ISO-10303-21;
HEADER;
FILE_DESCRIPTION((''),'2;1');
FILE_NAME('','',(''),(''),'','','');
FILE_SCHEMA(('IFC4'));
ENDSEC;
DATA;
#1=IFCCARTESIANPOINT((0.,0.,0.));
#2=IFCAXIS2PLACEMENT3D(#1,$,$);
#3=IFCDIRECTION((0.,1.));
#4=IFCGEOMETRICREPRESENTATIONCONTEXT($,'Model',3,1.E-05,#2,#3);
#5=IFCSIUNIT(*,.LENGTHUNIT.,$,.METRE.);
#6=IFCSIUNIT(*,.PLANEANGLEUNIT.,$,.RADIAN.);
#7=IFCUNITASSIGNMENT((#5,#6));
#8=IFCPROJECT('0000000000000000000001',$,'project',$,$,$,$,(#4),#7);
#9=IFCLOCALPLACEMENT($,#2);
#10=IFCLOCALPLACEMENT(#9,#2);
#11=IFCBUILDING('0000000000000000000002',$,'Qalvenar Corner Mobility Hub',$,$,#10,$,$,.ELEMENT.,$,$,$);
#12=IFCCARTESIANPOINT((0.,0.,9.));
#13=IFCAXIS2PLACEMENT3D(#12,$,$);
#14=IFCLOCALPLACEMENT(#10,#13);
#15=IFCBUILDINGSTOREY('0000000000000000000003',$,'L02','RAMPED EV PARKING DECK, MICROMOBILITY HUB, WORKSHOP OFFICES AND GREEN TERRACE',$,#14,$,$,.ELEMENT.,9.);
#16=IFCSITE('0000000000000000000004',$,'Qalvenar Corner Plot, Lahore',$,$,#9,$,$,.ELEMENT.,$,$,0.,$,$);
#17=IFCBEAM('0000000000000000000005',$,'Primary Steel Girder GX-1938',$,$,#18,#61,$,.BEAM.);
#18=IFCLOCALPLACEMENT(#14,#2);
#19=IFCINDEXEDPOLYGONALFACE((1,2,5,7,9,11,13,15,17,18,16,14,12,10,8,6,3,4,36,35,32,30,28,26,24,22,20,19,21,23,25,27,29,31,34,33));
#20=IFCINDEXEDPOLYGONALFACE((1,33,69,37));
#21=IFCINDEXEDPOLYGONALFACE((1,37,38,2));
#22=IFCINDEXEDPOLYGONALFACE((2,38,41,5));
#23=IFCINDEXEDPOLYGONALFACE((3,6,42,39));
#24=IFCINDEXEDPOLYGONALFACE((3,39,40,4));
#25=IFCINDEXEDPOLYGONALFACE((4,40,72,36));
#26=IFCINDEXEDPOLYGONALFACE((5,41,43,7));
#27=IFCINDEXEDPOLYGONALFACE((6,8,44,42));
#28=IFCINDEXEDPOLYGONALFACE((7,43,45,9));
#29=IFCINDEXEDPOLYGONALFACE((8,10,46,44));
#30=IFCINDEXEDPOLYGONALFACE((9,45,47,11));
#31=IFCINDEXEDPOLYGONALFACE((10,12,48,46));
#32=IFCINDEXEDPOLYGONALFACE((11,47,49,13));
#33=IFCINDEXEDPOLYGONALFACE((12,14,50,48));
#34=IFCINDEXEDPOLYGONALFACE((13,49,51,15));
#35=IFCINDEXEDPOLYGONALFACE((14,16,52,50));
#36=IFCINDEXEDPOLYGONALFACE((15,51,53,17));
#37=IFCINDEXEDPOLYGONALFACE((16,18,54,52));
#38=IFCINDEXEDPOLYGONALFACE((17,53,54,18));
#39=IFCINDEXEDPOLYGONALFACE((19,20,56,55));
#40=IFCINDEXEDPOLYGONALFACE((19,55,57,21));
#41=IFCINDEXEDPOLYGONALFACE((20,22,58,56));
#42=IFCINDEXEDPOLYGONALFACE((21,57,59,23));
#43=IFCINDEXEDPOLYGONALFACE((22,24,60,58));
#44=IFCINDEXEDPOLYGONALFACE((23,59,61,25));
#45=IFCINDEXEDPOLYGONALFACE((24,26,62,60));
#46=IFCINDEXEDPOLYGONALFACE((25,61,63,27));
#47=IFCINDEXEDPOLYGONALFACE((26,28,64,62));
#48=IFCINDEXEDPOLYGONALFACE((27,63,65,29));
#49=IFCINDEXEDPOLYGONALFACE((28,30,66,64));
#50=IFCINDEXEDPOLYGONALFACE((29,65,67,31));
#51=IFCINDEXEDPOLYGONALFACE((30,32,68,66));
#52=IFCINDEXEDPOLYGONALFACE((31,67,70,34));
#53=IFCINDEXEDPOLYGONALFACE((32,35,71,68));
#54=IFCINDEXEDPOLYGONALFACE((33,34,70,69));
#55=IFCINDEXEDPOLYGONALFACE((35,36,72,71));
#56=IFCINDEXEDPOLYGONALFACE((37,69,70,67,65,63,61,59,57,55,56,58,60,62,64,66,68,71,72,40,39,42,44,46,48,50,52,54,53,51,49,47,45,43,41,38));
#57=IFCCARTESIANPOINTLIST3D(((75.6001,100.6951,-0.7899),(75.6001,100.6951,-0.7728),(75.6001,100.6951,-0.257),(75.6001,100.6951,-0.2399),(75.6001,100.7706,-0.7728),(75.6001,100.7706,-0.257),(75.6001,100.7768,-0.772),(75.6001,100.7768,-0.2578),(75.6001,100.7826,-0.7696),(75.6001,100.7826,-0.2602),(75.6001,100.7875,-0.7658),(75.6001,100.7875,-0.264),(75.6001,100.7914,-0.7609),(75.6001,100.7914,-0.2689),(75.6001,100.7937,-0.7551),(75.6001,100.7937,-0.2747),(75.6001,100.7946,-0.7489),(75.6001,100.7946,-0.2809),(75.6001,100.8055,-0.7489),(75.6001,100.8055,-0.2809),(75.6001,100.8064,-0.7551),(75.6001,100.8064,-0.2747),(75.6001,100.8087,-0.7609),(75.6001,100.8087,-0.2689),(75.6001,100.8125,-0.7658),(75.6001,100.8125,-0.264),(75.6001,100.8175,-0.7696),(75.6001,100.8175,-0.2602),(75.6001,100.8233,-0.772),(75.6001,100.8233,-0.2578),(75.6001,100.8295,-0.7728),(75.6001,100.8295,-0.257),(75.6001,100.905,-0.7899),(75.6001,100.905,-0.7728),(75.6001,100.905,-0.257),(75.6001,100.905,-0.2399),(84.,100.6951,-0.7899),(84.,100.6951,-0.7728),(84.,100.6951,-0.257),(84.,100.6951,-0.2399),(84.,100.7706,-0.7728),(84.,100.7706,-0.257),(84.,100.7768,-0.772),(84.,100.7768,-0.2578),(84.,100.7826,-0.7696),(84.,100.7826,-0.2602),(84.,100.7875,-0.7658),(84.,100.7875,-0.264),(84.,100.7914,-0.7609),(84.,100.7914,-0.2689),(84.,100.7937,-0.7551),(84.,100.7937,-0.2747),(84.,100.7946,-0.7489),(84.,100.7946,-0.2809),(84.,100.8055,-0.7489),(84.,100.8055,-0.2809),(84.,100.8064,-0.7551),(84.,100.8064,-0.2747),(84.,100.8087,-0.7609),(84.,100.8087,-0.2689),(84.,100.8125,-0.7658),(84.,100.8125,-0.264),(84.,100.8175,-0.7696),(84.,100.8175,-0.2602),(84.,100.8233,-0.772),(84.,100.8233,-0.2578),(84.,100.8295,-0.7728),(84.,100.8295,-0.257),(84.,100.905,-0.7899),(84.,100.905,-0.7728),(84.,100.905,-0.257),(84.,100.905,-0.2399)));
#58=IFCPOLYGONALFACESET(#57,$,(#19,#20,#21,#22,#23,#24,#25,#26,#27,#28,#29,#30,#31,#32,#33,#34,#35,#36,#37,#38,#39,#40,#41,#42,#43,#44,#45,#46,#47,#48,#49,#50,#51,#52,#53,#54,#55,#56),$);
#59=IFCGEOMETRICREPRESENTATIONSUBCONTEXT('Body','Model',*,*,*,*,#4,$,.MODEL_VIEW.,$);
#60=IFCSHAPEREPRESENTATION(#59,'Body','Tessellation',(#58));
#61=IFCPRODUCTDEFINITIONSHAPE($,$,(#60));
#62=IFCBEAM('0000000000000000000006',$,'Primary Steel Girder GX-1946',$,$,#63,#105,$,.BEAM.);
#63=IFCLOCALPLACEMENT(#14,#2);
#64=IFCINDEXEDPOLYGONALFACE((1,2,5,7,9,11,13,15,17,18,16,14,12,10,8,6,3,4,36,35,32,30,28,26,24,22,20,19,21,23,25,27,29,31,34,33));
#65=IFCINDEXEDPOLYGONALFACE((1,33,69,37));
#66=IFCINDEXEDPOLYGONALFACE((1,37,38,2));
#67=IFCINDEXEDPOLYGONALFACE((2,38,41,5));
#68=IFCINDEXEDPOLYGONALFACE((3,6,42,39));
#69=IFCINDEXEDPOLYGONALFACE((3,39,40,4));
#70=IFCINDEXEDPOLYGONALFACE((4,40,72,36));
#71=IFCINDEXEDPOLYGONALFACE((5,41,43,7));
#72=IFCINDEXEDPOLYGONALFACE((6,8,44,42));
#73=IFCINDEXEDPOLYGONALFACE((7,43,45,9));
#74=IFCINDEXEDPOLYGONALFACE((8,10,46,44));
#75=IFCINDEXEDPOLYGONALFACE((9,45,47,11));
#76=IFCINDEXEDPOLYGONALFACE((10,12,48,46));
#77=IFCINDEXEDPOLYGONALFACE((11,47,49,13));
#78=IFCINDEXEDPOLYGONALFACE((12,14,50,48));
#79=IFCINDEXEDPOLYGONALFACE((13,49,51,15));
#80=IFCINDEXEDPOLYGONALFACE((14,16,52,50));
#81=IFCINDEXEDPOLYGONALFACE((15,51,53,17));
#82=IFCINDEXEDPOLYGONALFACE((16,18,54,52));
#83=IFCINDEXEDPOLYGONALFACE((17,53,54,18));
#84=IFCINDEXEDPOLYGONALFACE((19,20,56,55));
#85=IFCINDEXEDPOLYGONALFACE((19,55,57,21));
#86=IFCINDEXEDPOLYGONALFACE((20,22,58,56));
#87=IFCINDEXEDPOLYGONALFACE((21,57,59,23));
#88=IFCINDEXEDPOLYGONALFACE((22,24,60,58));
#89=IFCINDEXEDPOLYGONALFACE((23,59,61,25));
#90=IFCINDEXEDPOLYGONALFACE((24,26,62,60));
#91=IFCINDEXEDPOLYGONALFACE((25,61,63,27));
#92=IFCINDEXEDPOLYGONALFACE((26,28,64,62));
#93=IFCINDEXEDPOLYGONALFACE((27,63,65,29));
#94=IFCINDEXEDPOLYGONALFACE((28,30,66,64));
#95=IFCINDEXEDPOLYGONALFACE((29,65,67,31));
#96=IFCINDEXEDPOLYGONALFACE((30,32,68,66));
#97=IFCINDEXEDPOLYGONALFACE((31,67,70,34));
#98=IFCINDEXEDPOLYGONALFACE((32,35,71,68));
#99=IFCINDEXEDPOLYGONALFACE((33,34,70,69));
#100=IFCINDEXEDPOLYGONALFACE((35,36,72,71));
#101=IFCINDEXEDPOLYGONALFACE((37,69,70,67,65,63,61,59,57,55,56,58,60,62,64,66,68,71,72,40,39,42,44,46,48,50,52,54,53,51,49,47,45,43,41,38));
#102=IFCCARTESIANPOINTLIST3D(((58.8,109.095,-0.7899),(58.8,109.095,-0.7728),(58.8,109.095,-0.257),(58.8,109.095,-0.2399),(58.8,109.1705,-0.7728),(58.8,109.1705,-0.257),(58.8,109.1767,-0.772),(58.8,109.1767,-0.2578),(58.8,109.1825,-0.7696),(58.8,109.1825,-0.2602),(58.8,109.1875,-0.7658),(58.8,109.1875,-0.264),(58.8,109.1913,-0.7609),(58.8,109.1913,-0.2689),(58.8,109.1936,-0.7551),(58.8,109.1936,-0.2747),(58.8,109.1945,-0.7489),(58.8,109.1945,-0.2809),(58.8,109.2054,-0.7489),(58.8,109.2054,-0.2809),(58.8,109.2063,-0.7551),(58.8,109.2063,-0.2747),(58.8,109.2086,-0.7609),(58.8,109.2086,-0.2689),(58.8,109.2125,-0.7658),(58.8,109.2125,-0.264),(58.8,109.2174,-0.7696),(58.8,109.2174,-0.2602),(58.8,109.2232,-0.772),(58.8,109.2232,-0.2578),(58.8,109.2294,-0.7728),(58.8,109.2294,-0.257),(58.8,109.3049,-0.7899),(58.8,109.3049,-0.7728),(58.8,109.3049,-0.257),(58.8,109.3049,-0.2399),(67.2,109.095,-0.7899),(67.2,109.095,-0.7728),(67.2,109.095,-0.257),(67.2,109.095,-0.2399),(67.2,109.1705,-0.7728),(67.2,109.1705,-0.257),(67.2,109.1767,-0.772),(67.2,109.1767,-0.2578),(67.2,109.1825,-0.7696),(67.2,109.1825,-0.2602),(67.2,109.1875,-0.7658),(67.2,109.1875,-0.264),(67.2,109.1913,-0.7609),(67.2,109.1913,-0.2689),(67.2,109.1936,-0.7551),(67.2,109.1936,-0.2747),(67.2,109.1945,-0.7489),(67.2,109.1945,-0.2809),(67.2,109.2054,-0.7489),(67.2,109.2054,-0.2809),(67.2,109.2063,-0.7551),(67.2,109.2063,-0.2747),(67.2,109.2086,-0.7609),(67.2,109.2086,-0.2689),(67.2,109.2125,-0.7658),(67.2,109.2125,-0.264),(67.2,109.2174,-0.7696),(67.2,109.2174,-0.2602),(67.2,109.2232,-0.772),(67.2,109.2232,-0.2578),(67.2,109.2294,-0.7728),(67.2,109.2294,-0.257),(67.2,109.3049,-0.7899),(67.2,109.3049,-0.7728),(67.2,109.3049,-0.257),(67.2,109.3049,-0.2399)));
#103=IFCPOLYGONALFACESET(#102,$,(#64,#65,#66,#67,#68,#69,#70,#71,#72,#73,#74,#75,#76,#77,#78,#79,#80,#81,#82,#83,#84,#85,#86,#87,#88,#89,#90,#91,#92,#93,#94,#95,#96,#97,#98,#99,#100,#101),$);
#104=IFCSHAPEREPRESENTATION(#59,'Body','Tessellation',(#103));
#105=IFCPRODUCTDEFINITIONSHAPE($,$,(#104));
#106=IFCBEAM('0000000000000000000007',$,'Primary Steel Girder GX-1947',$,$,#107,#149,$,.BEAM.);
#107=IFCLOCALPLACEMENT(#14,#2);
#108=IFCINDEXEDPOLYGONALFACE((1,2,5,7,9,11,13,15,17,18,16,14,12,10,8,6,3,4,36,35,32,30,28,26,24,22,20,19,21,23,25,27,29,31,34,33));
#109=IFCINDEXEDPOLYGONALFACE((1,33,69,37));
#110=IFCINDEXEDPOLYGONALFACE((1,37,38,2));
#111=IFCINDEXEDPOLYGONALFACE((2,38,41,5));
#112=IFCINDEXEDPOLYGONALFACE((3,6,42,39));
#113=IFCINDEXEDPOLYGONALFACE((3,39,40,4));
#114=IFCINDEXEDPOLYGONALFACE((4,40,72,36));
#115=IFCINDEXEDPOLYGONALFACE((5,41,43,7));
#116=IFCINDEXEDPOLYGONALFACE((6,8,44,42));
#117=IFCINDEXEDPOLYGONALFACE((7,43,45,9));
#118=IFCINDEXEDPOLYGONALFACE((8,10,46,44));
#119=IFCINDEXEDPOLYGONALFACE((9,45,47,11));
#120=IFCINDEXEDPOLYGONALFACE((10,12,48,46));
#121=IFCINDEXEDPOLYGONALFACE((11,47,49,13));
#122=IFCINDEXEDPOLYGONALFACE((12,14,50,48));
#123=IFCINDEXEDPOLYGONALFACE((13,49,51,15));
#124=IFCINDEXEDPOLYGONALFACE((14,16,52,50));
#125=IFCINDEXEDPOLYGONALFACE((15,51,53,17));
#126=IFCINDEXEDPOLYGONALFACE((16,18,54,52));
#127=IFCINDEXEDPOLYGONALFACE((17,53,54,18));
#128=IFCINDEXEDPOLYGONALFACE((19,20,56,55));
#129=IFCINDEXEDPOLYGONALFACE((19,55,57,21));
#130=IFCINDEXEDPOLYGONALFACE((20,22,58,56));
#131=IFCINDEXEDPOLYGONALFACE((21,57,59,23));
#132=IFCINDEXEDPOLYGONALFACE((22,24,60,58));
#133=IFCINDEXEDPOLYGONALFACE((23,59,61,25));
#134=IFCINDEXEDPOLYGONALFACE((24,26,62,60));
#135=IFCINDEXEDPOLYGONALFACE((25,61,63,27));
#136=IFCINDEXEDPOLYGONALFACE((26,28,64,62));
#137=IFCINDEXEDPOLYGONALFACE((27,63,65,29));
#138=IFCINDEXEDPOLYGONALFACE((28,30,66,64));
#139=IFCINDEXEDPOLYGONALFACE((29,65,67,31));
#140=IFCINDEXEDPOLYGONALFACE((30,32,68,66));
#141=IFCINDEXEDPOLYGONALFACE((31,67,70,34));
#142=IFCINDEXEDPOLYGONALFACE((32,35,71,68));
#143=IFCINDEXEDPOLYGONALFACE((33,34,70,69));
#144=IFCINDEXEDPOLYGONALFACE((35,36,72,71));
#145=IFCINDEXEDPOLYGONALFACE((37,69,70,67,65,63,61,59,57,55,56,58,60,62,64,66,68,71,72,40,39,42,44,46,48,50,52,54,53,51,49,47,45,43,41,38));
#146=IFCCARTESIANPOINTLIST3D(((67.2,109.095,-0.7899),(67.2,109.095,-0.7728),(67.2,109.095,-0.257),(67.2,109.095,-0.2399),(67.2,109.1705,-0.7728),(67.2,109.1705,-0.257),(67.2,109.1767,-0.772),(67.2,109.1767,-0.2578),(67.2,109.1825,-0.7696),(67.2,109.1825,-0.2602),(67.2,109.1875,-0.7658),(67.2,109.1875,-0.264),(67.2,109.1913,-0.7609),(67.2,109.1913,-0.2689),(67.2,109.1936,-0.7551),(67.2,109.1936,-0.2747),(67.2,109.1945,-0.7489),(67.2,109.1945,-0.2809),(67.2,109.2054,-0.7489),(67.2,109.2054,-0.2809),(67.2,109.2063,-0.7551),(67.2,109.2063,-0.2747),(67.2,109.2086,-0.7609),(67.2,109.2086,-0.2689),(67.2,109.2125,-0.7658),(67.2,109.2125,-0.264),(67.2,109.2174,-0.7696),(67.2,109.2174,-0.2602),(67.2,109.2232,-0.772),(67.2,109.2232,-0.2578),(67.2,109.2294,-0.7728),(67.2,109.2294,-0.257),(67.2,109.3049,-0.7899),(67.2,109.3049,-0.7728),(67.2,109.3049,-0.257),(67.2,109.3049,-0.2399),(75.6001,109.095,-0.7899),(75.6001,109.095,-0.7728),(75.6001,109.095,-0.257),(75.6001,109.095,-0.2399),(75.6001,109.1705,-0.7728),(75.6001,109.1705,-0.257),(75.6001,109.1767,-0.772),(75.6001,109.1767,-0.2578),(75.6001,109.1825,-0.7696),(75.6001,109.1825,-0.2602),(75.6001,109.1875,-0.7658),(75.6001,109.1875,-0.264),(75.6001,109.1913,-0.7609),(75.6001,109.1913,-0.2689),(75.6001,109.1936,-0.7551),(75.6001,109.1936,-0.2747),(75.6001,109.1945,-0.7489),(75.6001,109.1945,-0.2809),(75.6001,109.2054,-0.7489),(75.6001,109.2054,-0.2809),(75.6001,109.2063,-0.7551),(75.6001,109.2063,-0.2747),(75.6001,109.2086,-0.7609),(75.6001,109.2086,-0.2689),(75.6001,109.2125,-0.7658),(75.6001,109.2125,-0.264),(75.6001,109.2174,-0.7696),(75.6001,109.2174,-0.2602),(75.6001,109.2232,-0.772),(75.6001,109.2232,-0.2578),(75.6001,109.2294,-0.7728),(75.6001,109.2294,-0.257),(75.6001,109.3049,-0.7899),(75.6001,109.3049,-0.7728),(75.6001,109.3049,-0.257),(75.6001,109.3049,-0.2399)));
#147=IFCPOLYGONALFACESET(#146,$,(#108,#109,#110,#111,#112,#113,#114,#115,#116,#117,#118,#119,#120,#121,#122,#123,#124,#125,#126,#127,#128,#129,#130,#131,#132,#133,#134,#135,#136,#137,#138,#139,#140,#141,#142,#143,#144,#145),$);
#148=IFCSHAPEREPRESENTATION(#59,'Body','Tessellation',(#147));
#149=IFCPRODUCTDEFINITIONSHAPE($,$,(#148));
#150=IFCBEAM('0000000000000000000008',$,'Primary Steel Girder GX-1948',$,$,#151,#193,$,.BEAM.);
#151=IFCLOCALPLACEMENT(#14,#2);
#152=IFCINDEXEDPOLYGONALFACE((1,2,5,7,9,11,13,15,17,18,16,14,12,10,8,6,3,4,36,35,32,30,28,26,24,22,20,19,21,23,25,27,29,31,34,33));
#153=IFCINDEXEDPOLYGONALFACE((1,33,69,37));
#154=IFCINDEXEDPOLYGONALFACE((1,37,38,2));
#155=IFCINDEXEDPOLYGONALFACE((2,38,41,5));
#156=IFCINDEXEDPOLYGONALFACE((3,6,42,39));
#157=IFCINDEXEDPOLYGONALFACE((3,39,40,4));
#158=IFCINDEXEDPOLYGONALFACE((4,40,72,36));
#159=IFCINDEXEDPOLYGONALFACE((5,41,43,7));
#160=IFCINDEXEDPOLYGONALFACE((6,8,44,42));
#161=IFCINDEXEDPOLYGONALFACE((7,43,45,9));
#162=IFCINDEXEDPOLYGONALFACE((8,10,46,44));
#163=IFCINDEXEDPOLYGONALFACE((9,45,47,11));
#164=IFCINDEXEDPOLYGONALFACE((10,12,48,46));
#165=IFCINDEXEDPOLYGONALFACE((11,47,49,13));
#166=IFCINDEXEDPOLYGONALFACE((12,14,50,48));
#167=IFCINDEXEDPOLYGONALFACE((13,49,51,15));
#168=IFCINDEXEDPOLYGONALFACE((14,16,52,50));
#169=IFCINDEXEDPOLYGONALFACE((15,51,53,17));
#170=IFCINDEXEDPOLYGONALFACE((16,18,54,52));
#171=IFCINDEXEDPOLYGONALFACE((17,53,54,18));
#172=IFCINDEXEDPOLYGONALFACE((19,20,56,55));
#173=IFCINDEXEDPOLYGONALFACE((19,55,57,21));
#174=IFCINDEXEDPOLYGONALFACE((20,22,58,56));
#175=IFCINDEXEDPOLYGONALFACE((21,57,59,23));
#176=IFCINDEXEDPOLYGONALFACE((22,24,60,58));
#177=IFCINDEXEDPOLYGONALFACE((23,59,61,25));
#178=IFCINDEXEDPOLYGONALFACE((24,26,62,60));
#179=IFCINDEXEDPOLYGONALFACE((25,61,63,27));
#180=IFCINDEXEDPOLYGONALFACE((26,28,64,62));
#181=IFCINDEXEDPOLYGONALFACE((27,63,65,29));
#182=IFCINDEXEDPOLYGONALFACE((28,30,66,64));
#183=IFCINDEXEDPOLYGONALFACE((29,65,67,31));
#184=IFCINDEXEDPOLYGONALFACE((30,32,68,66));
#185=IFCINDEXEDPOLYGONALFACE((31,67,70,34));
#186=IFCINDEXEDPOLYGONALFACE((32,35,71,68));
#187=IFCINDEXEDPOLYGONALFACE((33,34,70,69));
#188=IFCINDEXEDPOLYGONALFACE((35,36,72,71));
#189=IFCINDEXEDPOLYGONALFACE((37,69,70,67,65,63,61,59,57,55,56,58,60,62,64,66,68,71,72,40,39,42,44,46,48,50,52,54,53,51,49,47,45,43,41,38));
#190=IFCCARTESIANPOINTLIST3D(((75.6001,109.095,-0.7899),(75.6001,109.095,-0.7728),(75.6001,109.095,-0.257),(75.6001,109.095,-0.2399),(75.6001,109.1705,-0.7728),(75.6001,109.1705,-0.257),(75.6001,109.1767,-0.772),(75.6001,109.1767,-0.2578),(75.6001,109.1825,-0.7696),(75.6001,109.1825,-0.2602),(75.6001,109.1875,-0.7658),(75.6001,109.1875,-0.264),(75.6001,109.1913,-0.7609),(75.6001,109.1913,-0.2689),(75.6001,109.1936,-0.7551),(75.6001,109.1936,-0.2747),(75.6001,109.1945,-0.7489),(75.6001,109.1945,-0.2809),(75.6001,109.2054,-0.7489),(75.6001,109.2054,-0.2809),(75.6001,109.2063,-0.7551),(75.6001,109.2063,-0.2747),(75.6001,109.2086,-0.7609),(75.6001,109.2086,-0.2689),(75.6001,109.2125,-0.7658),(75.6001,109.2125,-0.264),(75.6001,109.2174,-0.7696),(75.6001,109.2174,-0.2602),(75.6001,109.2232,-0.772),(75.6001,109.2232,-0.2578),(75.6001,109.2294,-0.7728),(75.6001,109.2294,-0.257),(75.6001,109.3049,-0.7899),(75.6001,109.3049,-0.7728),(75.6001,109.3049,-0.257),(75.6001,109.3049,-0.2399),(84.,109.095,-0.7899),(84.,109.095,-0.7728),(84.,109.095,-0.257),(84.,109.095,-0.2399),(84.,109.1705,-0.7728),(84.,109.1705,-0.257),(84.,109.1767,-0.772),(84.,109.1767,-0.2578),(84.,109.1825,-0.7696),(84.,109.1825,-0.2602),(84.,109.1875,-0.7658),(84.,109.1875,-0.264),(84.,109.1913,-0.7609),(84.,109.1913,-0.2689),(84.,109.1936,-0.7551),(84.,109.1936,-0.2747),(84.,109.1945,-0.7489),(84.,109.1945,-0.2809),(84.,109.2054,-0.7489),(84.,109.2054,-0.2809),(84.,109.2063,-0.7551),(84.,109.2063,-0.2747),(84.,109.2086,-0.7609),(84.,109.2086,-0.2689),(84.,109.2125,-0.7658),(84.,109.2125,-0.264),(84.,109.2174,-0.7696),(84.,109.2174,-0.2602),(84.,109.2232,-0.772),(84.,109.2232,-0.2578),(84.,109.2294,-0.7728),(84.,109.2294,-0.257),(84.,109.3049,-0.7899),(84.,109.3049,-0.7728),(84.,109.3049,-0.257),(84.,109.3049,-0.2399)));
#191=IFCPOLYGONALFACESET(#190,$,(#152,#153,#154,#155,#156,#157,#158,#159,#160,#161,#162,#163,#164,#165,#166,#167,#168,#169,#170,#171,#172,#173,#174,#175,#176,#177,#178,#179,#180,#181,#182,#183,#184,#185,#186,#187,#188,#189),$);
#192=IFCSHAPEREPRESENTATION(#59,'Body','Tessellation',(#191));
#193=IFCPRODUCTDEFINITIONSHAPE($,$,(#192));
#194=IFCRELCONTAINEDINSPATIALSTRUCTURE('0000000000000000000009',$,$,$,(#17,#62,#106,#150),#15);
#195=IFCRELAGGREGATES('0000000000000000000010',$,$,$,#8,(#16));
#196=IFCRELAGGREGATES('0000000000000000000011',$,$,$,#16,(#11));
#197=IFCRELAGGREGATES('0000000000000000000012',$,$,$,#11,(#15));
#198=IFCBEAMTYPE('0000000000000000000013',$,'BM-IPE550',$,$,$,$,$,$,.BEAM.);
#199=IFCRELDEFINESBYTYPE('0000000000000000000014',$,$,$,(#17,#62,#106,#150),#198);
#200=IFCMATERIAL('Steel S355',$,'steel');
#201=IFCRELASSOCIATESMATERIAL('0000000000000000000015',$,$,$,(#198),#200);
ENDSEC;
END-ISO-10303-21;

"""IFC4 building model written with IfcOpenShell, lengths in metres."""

from ifc_helpers import new_model, si_unit, direction, frame, origin, origin_2d, place, context, subcontext, project, spatial, i_section, extrude, material, material_profile, profile_set, type_object, element, save


model = new_model("IFC4")

# Units and contexts
model_context = context("Model", 3, precision=1e-05, world=origin(), true_north=direction((0.0, 1.0)))
body_context = subcontext(model_context, "Body", "Model", "MODEL_VIEW")
ifc_project = project(units=[si_unit("LENGTHUNIT", "METRE"), si_unit("PLANEANGLEUNIT", "RADIAN")], contexts=[model_context])

# Site, building, storey
site_placement = place(None, origin())
site = spatial("IfcSite", under=ifc_project, at=site_placement, Name="Qalvenar Corner Plot, Lahore", CompositionType="ELEMENT", RefElevation=0.0)
building_placement = place(site_placement, origin())
building = spatial("IfcBuilding", under=site, at=building_placement, Name="Qalvenar Corner Mobility Hub", CompositionType="ELEMENT")
storey_placement = place(building_placement, frame((0.0, 0.0, 9.0)))
storey = spatial("IfcBuildingStorey", under=building, at=storey_placement, Name="L02", Description="RAMPED EV PARKING DECK, MICROMOBILITY HUB, WORKSHOP OFFICES AND GREEN TERRACE", CompositionType="ELEMENT", Elevation=9.0)

# Shared definitions
ifc_material = material(Name="Steel S355", Category="steel")

# Beams
ifc_material_profile_1 = material_profile(ifc_material, i_section(OverallWidth=0.21, OverallDepth=0.55, WebThickness=0.011, FlangeThickness=0.0171, FilletRadius=0.0239, at=origin_2d()), Name="IPE550")
ifc_profile_set_1 = profile_set([ifc_material_profile_1], Name="Steel S355")
beam_type_1 = type_object("IfcBeamType", Name="BM-IPE550", PredefinedType="BEAM", material=ifc_profile_set_1)
for number, where, z_axis, x_axis, name in (
    (1, (75.6001, 100.8, -0.5149), (1.0, 0.0, 0.0), (0.0, 1.0, 0.0), "Primary Steel Girder GX-1938"),
    (2, (58.8, 109.2, -0.5149), (1.0, 0.0, 0.0), (0.0, 1.0, 0.0), "Primary Steel Girder GX-1946"),
):
    element("IfcBeam", number, at=place(storey_placement, frame(where, z_axis=z_axis, x_axis=x_axis)), inside=storey, type_object=beam_type_1, Name=name, PredefinedType="BEAM", context=body_context, shape_type="SweptSolid", body=[
        extrude(i_section(OverallWidth=0.21, OverallDepth=0.55, WebThickness=0.011, FlangeThickness=0.0171, FilletRadius=0.0239, at=origin_2d()), origin(), (0.0, 0.0, 1.0), 8.3999),
    ])
beam_1_placement = place(storey_placement, frame((67.2, 109.2, -0.5149), z_axis=(1.0, 0.0, 0.0), x_axis=(0.0, 1.0, 0.0)))
element("IfcBeam", 3, at=beam_1_placement, inside=storey, type_object=beam_type_1, Name="Primary Steel Girder GX-1947", PredefinedType="BEAM", context=body_context, shape_type="SweptSolid", body=[
    extrude(i_section(OverallWidth=0.21, OverallDepth=0.55, WebThickness=0.011, FlangeThickness=0.0171, FilletRadius=0.0239, at=origin_2d()), origin(), (0.0, 0.0, 1.0), 8.4001),
])
beam_2_placement = place(storey_placement, frame((75.6001, 109.2, -0.5149), z_axis=(1.0, 0.0, 0.0), x_axis=(0.0, 1.0, 0.0)))
element("IfcBeam", 4, at=beam_2_placement, inside=storey, type_object=beam_type_1, Name="Primary Steel Girder GX-1948", PredefinedType="BEAM", context=body_context, shape_type="SweptSolid", body=[
    extrude(i_section(OverallWidth=0.21, OverallDepth=0.55, WebThickness=0.011, FlangeThickness=0.0171, FilletRadius=0.0239, at=origin_2d()), origin(), (0.0, 0.0, 1.0), 8.3999),
])

save(model, "model.ifc")
